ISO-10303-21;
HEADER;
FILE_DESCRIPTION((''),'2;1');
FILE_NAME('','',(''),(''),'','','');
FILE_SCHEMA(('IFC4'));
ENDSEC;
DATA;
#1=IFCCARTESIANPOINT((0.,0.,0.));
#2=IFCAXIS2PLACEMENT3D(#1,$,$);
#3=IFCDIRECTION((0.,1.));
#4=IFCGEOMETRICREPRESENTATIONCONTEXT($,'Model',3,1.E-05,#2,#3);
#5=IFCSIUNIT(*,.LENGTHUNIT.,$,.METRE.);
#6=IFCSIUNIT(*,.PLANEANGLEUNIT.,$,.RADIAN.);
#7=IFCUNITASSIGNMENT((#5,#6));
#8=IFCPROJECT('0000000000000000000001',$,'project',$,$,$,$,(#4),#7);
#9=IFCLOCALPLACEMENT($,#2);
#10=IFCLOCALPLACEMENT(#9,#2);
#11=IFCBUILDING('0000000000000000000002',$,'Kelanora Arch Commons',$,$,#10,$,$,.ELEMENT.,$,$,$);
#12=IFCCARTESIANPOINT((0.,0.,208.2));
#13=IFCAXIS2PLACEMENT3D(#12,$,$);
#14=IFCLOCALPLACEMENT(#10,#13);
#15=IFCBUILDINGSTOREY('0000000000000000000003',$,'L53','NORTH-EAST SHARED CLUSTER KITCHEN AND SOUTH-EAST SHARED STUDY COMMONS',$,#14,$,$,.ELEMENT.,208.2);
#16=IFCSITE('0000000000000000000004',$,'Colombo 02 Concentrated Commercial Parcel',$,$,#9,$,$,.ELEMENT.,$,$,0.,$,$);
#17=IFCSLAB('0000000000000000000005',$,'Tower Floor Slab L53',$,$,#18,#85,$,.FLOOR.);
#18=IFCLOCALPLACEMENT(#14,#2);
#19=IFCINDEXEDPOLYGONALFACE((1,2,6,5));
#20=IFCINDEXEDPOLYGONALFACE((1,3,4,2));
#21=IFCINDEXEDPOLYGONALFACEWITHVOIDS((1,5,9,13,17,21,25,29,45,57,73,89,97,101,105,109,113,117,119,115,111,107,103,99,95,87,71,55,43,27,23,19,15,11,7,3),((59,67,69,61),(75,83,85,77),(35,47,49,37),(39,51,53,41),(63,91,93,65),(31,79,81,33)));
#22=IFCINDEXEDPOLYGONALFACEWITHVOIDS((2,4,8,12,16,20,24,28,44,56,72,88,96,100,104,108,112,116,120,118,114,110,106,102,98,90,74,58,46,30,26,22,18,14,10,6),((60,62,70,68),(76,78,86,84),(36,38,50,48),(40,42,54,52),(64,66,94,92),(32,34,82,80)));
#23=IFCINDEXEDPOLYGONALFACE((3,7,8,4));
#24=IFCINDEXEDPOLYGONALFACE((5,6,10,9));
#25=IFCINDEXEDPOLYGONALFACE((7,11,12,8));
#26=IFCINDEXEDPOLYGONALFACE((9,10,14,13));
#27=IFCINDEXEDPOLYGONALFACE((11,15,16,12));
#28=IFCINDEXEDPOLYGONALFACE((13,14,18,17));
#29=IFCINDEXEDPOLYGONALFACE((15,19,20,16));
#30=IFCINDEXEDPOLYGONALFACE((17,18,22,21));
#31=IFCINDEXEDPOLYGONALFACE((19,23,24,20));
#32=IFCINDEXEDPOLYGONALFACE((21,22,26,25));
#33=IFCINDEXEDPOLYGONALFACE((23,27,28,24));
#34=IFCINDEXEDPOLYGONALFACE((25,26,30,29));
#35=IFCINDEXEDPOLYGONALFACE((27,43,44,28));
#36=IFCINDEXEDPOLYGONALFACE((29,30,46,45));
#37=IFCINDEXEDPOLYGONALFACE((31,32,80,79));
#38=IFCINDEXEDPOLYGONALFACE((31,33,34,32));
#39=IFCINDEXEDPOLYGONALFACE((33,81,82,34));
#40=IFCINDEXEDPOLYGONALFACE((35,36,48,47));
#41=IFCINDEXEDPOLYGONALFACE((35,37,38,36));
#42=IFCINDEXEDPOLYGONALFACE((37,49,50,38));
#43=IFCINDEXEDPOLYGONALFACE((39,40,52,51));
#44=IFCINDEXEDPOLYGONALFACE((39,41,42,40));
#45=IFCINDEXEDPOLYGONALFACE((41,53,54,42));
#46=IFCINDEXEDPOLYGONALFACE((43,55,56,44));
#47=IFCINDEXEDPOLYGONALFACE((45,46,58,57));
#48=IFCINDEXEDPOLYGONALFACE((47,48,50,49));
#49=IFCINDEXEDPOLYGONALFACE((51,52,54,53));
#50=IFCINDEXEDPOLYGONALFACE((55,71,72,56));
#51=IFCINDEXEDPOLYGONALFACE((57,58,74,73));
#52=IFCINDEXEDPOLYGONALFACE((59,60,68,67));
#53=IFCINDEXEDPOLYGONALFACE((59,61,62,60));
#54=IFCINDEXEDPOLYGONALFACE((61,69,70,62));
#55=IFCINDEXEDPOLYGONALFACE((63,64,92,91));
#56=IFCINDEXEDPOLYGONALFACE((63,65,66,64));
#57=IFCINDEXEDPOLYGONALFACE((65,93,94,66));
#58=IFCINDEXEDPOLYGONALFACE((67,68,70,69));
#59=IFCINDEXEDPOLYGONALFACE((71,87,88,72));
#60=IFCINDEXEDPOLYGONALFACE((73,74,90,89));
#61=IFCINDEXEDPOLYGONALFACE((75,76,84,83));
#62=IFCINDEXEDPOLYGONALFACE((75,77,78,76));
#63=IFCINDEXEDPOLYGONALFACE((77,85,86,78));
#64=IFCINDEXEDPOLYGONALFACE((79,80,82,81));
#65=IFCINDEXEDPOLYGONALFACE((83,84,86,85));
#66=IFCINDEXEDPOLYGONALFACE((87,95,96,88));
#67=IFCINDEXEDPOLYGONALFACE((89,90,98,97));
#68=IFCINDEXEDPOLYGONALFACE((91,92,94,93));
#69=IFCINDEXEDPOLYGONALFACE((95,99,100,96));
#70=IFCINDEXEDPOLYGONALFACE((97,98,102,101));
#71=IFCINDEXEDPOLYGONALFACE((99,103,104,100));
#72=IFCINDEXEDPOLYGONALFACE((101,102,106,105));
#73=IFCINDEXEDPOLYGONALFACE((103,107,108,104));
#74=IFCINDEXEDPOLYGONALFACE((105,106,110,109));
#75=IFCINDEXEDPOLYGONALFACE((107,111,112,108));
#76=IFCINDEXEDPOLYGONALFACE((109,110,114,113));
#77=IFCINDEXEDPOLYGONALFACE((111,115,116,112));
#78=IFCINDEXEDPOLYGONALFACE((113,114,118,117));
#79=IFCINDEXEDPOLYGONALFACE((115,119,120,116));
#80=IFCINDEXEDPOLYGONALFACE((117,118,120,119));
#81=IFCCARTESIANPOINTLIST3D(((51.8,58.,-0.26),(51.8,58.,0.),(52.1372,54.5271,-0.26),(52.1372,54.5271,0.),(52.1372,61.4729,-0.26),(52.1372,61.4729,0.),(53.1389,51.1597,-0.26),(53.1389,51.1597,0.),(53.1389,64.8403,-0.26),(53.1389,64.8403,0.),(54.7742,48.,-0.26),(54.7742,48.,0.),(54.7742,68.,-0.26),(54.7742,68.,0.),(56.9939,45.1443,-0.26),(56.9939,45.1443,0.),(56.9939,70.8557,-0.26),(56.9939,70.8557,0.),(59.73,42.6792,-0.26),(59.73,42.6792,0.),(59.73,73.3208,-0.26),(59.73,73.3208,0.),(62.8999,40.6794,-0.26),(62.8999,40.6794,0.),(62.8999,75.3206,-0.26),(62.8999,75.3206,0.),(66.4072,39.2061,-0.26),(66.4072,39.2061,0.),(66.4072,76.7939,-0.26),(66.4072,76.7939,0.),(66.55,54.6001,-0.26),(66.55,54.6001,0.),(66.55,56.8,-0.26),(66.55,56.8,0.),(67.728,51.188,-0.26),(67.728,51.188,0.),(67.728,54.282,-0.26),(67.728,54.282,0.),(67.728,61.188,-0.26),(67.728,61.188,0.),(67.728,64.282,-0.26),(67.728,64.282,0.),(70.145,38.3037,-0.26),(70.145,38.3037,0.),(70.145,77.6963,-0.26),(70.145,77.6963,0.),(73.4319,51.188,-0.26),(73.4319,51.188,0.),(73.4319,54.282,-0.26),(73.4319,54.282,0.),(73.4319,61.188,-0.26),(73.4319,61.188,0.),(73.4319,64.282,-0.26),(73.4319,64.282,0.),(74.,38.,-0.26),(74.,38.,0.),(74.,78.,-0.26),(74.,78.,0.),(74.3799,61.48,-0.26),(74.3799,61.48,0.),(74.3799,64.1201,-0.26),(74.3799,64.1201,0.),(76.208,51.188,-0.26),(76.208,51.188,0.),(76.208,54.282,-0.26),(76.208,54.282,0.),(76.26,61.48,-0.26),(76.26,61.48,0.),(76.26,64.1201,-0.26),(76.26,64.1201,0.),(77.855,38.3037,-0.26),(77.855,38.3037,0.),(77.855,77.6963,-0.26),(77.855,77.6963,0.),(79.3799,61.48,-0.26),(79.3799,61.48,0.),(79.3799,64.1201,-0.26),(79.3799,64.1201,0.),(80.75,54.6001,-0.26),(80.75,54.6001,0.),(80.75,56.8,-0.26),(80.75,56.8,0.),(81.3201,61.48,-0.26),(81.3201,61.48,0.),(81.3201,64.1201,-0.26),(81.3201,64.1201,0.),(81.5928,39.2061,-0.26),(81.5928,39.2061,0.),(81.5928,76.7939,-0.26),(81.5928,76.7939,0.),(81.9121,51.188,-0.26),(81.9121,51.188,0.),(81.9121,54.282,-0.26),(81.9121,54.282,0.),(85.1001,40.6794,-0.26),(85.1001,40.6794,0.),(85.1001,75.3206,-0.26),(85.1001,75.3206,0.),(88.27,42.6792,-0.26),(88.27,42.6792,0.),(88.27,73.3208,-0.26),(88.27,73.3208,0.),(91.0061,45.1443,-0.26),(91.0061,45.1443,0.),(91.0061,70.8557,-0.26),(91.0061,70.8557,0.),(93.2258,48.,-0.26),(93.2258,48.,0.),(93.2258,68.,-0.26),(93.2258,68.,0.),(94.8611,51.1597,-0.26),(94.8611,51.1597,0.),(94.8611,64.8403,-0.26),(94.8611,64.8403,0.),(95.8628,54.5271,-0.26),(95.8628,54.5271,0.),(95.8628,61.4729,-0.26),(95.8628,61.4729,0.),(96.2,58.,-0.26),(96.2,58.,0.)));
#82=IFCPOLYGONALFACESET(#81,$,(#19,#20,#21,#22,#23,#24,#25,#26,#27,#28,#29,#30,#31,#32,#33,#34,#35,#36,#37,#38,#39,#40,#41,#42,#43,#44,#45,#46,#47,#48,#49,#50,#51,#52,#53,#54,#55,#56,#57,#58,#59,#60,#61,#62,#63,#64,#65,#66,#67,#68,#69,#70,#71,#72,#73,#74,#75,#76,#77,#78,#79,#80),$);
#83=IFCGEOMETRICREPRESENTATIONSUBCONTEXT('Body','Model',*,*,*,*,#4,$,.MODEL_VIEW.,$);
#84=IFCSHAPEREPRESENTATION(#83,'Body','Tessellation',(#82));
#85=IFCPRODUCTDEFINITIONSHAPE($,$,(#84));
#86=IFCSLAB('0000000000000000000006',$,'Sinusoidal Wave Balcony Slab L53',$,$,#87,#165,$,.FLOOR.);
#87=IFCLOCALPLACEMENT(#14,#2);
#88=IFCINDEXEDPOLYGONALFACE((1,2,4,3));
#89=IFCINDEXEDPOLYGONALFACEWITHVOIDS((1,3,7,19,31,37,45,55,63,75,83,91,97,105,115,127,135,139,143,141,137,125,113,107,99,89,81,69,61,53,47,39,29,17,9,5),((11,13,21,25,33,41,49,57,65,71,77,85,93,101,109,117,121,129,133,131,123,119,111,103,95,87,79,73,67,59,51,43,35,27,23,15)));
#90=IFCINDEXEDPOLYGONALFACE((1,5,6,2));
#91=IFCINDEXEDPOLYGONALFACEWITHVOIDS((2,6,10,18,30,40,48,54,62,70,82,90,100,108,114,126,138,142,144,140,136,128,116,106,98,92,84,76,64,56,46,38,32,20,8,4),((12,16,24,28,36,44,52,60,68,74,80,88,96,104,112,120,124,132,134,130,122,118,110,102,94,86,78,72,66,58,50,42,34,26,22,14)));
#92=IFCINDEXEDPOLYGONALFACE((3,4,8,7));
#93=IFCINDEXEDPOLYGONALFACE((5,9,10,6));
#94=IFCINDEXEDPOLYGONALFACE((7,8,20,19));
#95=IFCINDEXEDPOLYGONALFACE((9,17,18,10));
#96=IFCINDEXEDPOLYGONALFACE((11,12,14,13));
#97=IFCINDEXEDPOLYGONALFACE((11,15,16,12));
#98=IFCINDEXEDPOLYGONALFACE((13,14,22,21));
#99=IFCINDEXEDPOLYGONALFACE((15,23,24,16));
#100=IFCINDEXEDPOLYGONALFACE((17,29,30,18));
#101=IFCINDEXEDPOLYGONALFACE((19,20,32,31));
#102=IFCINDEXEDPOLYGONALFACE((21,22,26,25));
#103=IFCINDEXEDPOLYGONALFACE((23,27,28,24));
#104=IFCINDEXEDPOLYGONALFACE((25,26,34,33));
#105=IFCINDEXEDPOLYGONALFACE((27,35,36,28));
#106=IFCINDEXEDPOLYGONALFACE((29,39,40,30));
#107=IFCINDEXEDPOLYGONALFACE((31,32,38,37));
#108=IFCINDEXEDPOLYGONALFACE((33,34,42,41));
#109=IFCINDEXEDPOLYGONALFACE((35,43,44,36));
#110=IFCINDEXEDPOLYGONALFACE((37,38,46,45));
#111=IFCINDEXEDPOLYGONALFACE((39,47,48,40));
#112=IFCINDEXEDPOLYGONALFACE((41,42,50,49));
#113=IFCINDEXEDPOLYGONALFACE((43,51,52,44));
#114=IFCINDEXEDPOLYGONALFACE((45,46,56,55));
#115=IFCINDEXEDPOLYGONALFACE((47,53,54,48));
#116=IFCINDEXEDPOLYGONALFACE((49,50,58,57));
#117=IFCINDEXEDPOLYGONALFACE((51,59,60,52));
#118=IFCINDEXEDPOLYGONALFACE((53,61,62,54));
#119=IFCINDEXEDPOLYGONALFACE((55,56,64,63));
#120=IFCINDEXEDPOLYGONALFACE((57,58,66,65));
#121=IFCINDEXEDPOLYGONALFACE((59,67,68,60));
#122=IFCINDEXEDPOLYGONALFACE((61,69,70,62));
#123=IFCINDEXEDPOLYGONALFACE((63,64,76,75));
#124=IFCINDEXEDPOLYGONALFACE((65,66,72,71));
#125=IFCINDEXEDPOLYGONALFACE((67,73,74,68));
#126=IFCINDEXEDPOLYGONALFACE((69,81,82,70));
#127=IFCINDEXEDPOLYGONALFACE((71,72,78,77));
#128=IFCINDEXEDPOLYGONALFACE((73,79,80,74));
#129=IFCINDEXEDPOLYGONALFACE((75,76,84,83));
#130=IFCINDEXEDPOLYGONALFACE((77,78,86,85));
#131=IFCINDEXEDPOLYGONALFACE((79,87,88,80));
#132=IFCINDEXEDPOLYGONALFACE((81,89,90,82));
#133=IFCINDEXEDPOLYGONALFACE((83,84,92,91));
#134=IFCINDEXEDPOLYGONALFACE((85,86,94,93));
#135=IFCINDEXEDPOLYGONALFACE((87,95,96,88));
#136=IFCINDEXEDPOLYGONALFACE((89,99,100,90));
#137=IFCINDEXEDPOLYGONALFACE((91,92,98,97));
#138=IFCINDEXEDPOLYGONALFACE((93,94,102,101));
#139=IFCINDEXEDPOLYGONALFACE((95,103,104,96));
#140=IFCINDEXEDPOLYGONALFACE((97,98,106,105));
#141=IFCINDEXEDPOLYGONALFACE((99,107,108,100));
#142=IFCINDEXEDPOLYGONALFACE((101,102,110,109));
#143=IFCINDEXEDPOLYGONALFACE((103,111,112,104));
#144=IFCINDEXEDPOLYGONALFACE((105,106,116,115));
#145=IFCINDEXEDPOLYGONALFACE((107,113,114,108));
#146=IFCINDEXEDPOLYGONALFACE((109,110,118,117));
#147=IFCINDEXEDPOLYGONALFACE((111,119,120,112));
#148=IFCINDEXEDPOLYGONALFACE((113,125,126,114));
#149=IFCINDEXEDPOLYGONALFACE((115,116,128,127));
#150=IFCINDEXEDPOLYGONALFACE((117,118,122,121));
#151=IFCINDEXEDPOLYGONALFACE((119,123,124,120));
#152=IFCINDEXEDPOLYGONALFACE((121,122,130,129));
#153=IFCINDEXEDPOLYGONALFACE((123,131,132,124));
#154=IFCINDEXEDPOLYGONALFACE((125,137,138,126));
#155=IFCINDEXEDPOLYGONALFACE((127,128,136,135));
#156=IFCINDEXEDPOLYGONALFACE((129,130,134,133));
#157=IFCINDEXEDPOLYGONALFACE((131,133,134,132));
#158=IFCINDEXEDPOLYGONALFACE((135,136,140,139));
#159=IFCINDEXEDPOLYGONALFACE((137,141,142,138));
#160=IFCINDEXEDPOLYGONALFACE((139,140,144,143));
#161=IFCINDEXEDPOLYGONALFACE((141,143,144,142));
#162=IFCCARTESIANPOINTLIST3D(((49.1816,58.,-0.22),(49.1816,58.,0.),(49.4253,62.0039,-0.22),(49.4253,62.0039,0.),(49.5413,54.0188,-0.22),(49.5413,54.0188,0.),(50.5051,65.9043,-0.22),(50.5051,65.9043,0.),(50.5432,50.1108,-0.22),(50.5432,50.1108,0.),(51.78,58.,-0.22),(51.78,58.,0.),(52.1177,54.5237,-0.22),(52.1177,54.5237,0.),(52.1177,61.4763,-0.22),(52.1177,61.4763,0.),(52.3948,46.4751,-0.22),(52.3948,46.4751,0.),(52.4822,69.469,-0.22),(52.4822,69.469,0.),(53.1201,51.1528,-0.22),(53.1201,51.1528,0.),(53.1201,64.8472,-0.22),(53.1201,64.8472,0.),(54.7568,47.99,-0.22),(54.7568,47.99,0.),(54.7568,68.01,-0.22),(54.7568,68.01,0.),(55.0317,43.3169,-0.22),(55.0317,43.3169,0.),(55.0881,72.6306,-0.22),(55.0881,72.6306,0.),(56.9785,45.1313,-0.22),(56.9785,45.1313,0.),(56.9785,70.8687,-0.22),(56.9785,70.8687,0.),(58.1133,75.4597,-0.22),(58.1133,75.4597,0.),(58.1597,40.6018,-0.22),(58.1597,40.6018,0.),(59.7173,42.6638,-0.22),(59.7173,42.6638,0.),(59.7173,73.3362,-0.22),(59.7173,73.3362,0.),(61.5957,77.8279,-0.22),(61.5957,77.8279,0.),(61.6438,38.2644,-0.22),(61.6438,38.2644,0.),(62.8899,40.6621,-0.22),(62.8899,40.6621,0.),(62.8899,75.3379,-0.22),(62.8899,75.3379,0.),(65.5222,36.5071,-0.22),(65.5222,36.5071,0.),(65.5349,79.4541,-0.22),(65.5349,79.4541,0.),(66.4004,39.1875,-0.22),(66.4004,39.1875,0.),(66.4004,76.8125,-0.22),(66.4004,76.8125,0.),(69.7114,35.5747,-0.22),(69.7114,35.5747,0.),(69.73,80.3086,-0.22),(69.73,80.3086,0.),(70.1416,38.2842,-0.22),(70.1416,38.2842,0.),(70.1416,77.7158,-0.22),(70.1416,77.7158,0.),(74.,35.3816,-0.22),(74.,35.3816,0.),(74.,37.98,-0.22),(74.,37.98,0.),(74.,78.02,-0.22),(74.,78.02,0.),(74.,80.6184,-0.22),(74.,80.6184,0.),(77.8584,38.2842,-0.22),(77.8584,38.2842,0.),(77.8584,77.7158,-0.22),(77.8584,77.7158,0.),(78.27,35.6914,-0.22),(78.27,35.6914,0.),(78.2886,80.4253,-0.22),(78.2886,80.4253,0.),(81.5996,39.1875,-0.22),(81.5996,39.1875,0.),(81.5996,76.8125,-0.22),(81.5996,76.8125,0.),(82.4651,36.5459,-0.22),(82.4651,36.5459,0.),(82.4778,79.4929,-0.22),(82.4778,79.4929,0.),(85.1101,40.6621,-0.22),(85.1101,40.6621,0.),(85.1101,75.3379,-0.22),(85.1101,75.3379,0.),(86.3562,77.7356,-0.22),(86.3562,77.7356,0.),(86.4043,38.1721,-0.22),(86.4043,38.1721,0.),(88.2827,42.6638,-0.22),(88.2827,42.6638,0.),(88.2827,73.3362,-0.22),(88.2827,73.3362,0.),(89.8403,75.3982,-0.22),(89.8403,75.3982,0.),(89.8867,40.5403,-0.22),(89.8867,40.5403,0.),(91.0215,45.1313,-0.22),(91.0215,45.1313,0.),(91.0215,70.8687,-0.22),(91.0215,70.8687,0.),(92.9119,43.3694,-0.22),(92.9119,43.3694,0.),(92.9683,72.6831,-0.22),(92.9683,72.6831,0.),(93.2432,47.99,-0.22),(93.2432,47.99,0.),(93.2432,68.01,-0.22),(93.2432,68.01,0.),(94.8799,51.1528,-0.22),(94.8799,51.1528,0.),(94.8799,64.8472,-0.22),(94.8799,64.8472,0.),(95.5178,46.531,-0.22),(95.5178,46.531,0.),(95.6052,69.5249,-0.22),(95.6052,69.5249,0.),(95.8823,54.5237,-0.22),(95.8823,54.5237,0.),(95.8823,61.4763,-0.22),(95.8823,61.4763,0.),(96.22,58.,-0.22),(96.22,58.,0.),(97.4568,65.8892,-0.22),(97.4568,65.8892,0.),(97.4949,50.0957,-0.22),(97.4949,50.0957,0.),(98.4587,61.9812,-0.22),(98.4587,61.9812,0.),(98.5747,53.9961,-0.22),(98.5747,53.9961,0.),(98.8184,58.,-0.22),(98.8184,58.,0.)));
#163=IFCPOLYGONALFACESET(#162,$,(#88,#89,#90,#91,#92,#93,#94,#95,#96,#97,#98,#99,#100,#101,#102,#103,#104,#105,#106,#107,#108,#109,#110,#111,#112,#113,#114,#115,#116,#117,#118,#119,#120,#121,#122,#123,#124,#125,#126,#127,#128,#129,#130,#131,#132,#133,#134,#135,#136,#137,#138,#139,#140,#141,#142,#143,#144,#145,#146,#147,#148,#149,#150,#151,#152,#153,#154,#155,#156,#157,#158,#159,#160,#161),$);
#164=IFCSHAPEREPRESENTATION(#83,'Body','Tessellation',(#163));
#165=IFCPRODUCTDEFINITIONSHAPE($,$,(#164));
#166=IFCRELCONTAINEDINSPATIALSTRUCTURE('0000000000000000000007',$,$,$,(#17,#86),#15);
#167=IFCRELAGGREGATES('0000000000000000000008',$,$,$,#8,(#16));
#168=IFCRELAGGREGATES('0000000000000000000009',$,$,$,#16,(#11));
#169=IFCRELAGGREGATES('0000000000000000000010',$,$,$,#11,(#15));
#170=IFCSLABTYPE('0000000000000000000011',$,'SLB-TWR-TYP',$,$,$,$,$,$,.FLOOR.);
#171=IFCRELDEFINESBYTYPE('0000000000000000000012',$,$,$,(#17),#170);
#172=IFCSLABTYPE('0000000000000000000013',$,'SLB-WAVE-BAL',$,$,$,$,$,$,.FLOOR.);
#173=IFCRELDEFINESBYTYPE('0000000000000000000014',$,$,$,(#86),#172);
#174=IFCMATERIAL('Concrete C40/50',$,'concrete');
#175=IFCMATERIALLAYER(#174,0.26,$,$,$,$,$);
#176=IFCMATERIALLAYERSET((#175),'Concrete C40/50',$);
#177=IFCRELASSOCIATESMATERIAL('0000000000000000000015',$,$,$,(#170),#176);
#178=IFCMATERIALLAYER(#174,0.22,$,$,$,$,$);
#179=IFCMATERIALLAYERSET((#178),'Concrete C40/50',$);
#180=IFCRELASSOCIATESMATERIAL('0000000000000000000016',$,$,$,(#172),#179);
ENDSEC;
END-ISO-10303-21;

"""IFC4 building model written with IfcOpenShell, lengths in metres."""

from ifc_helpers import new_model, si_unit, direction, frame, origin, place, context, subcontext, project, spatial, polyline, outline, extrude, material, layer, layer_set, type_object, element, save


model = new_model("IFC4")

# Units and contexts
model_context = context("Model", 3, precision=1e-05, world=origin(), true_north=direction((0.0, 1.0)))
body_context = subcontext(model_context, "Body", "Model", "MODEL_VIEW")
ifc_project = project(units=[si_unit("LENGTHUNIT", "METRE"), si_unit("PLANEANGLEUNIT", "RADIAN")], contexts=[model_context])

# Site, building, storey
site_placement = place(None, origin())
site = spatial("IfcSite", under=ifc_project, at=site_placement, Name="Colombo 02 Concentrated Commercial Parcel", CompositionType="ELEMENT", RefElevation=0.0)
building_placement = place(site_placement, origin())
building = spatial("IfcBuilding", under=site, at=building_placement, Name="Kelanora Arch Commons", CompositionType="ELEMENT")
storey_placement = place(building_placement, frame((0.0, 0.0, 208.2)))
storey = spatial("IfcBuildingStorey", under=building, at=storey_placement, Name="L53", Description="NORTH-EAST SHARED CLUSTER KITCHEN AND SOUTH-EAST SHARED STUDY COMMONS", CompositionType="ELEMENT", Elevation=208.2)

# Shared definitions
ifc_material_1 = material(Name="Concrete C40/50", Category="concrete")

# Slabs
ifc_layer_1 = layer(ifc_material_1, 0.26)
ifc_layer_set_1 = layer_set([ifc_layer_1], Name="Concrete C40/50")
slab_type_1 = type_object("IfcSlabType", Name="SLB-TWR-TYP", PredefinedType="FLOOR", material=ifc_layer_set_1)
slab_1_placement = place(storey_placement, frame((0.0, 0.0, -0.26)))
element("IfcSlab", 1, at=slab_1_placement, inside=storey, type_object=slab_type_1, Name="Tower Floor Slab L53", PredefinedType="FLOOR", context=body_context, shape_type="SweptSolid", body=[
    extrude(outline(polyline([(96.2, 58.0), (95.8628, 61.4729), (94.8611, 64.8403), (93.2258, 68.0), (91.0061, 70.8557), (88.27, 73.3208), (85.1001, 75.3206), (81.5928, 76.7939), (77.855, 77.6963), (74.0, 78.0), (70.145, 77.6963), (66.4072, 76.7939), (62.8999, 75.3206), (59.73, 73.3208), (56.9939, 70.8557), (54.7742, 68.0), (53.1389, 64.8403), (52.1372, 61.4729), (51.8, 58.0), (52.1372, 54.5271), (53.1389, 51.1597), (54.7742, 48.0), (56.9939, 45.1443), (59.73, 42.6792), (62.8999, 40.6794), (66.4072, 39.2061), (70.145, 38.3037), (74.0, 38.0), (77.855, 38.3037), (81.5928, 39.2061), (85.1001, 40.6794), (88.27, 42.6792), (91.0061, 45.1443), (93.2258, 48.0), (94.8611, 51.1597), (95.8628, 54.5271), (96.2, 58.0)]), holes=[polyline([(73.4319, 51.188), (67.728, 51.188), (67.728, 54.282), (73.4319, 54.282), (73.4319, 51.188)]), polyline([(76.208, 51.188), (76.208, 54.282), (81.9121, 54.282), (81.9121, 51.188), (76.208, 51.188)]), polyline([(66.55, 54.6001), (66.55, 56.8), (80.75, 56.8), (80.75, 54.6001), (66.55, 54.6001)]), polyline([(73.4319, 61.188), (67.728, 61.188), (67.728, 64.282), (73.4319, 64.282), (73.4319, 61.188)]), polyline([(74.3799, 61.48), (74.3799, 64.1201), (76.26, 64.1201), (76.26, 61.48), (74.3799, 61.48)]), polyline([(79.3799, 61.48), (79.3799, 64.1201), (81.3201, 64.1201), (81.3201, 61.48), (79.3799, 61.48)])]), origin(), (0.0, 0.0, 1.0), 0.26),
])
ifc_layer_2 = layer(ifc_material_1, 0.22)
ifc_layer_set_2 = layer_set([ifc_layer_2], Name="Concrete C40/50")
slab_type_2 = type_object("IfcSlabType", Name="SLB-WAVE-BAL", PredefinedType="FLOOR", material=ifc_layer_set_2)
slab_2_placement = place(storey_placement, frame((0.0, 0.0, -0.22)))
element("IfcSlab", 2, at=slab_2_placement, inside=storey, type_object=slab_type_2, Name="Sinusoidal Wave Balcony Slab L53", PredefinedType="FLOOR", context=body_context, shape_type="SweptSolid", body=[
    extrude(outline(polyline([(98.8184, 58.0), (98.4587, 61.9812), (97.4568, 65.8892), (95.6052, 69.5249), (92.9683, 72.6831), (89.8403, 75.3982), (86.3562, 77.7356), (82.4778, 79.4929), (78.2886, 80.4253), (74.0, 80.6184), (69.73, 80.3086), (65.5349, 79.4541), (61.5957, 77.8279), (58.1133, 75.4597), (55.0881, 72.6306), (52.4822, 69.469), (50.5051, 65.9043), (49.4253, 62.0039), (49.1816, 58.0), (49.5413, 54.0188), (50.5432, 50.1108), (52.3948, 46.4751), (55.0317, 43.3169), (58.1597, 40.6018), (61.6438, 38.2644), (65.5222, 36.5071), (69.7114, 35.5747), (74.0, 35.3816), (78.27, 35.6914), (82.4651, 36.5459), (86.4043, 38.1721), (89.8867, 40.5403), (92.9119, 43.3694), (95.5178, 46.531), (97.4949, 50.0957), (98.5747, 53.9961), (98.8184, 58.0)]), holes=[polyline([(95.8823, 54.5237), (94.8799, 51.1528), (93.2432, 47.99), (91.0215, 45.1313), (88.2827, 42.6638), (85.1101, 40.6621), (81.5996, 39.1875), (77.8584, 38.2842), (74.0, 37.98), (70.1416, 38.2842), (66.4004, 39.1875), (62.8899, 40.6621), (59.7173, 42.6638), (56.9785, 45.1313), (54.7568, 47.99), (53.1201, 51.1528), (52.1177, 54.5237), (51.78, 58.0), (52.1177, 61.4763), (53.1201, 64.8472), (54.7568, 68.01), (56.9785, 70.8687), (59.7173, 73.3362), (62.8899, 75.3379), (66.4004, 76.8125), (70.1416, 77.7158), (74.0, 78.02), (77.8584, 77.7158), (81.5996, 76.8125), (85.1101, 75.3379), (88.2827, 73.3362), (91.0215, 70.8687), (93.2432, 68.01), (94.8799, 64.8472), (95.8823, 61.4763), (96.22, 58.0), (95.8823, 54.5237)])]), origin(), (0.0, 0.0, 1.0), 0.22),
])

save(model, "model.ifc")
